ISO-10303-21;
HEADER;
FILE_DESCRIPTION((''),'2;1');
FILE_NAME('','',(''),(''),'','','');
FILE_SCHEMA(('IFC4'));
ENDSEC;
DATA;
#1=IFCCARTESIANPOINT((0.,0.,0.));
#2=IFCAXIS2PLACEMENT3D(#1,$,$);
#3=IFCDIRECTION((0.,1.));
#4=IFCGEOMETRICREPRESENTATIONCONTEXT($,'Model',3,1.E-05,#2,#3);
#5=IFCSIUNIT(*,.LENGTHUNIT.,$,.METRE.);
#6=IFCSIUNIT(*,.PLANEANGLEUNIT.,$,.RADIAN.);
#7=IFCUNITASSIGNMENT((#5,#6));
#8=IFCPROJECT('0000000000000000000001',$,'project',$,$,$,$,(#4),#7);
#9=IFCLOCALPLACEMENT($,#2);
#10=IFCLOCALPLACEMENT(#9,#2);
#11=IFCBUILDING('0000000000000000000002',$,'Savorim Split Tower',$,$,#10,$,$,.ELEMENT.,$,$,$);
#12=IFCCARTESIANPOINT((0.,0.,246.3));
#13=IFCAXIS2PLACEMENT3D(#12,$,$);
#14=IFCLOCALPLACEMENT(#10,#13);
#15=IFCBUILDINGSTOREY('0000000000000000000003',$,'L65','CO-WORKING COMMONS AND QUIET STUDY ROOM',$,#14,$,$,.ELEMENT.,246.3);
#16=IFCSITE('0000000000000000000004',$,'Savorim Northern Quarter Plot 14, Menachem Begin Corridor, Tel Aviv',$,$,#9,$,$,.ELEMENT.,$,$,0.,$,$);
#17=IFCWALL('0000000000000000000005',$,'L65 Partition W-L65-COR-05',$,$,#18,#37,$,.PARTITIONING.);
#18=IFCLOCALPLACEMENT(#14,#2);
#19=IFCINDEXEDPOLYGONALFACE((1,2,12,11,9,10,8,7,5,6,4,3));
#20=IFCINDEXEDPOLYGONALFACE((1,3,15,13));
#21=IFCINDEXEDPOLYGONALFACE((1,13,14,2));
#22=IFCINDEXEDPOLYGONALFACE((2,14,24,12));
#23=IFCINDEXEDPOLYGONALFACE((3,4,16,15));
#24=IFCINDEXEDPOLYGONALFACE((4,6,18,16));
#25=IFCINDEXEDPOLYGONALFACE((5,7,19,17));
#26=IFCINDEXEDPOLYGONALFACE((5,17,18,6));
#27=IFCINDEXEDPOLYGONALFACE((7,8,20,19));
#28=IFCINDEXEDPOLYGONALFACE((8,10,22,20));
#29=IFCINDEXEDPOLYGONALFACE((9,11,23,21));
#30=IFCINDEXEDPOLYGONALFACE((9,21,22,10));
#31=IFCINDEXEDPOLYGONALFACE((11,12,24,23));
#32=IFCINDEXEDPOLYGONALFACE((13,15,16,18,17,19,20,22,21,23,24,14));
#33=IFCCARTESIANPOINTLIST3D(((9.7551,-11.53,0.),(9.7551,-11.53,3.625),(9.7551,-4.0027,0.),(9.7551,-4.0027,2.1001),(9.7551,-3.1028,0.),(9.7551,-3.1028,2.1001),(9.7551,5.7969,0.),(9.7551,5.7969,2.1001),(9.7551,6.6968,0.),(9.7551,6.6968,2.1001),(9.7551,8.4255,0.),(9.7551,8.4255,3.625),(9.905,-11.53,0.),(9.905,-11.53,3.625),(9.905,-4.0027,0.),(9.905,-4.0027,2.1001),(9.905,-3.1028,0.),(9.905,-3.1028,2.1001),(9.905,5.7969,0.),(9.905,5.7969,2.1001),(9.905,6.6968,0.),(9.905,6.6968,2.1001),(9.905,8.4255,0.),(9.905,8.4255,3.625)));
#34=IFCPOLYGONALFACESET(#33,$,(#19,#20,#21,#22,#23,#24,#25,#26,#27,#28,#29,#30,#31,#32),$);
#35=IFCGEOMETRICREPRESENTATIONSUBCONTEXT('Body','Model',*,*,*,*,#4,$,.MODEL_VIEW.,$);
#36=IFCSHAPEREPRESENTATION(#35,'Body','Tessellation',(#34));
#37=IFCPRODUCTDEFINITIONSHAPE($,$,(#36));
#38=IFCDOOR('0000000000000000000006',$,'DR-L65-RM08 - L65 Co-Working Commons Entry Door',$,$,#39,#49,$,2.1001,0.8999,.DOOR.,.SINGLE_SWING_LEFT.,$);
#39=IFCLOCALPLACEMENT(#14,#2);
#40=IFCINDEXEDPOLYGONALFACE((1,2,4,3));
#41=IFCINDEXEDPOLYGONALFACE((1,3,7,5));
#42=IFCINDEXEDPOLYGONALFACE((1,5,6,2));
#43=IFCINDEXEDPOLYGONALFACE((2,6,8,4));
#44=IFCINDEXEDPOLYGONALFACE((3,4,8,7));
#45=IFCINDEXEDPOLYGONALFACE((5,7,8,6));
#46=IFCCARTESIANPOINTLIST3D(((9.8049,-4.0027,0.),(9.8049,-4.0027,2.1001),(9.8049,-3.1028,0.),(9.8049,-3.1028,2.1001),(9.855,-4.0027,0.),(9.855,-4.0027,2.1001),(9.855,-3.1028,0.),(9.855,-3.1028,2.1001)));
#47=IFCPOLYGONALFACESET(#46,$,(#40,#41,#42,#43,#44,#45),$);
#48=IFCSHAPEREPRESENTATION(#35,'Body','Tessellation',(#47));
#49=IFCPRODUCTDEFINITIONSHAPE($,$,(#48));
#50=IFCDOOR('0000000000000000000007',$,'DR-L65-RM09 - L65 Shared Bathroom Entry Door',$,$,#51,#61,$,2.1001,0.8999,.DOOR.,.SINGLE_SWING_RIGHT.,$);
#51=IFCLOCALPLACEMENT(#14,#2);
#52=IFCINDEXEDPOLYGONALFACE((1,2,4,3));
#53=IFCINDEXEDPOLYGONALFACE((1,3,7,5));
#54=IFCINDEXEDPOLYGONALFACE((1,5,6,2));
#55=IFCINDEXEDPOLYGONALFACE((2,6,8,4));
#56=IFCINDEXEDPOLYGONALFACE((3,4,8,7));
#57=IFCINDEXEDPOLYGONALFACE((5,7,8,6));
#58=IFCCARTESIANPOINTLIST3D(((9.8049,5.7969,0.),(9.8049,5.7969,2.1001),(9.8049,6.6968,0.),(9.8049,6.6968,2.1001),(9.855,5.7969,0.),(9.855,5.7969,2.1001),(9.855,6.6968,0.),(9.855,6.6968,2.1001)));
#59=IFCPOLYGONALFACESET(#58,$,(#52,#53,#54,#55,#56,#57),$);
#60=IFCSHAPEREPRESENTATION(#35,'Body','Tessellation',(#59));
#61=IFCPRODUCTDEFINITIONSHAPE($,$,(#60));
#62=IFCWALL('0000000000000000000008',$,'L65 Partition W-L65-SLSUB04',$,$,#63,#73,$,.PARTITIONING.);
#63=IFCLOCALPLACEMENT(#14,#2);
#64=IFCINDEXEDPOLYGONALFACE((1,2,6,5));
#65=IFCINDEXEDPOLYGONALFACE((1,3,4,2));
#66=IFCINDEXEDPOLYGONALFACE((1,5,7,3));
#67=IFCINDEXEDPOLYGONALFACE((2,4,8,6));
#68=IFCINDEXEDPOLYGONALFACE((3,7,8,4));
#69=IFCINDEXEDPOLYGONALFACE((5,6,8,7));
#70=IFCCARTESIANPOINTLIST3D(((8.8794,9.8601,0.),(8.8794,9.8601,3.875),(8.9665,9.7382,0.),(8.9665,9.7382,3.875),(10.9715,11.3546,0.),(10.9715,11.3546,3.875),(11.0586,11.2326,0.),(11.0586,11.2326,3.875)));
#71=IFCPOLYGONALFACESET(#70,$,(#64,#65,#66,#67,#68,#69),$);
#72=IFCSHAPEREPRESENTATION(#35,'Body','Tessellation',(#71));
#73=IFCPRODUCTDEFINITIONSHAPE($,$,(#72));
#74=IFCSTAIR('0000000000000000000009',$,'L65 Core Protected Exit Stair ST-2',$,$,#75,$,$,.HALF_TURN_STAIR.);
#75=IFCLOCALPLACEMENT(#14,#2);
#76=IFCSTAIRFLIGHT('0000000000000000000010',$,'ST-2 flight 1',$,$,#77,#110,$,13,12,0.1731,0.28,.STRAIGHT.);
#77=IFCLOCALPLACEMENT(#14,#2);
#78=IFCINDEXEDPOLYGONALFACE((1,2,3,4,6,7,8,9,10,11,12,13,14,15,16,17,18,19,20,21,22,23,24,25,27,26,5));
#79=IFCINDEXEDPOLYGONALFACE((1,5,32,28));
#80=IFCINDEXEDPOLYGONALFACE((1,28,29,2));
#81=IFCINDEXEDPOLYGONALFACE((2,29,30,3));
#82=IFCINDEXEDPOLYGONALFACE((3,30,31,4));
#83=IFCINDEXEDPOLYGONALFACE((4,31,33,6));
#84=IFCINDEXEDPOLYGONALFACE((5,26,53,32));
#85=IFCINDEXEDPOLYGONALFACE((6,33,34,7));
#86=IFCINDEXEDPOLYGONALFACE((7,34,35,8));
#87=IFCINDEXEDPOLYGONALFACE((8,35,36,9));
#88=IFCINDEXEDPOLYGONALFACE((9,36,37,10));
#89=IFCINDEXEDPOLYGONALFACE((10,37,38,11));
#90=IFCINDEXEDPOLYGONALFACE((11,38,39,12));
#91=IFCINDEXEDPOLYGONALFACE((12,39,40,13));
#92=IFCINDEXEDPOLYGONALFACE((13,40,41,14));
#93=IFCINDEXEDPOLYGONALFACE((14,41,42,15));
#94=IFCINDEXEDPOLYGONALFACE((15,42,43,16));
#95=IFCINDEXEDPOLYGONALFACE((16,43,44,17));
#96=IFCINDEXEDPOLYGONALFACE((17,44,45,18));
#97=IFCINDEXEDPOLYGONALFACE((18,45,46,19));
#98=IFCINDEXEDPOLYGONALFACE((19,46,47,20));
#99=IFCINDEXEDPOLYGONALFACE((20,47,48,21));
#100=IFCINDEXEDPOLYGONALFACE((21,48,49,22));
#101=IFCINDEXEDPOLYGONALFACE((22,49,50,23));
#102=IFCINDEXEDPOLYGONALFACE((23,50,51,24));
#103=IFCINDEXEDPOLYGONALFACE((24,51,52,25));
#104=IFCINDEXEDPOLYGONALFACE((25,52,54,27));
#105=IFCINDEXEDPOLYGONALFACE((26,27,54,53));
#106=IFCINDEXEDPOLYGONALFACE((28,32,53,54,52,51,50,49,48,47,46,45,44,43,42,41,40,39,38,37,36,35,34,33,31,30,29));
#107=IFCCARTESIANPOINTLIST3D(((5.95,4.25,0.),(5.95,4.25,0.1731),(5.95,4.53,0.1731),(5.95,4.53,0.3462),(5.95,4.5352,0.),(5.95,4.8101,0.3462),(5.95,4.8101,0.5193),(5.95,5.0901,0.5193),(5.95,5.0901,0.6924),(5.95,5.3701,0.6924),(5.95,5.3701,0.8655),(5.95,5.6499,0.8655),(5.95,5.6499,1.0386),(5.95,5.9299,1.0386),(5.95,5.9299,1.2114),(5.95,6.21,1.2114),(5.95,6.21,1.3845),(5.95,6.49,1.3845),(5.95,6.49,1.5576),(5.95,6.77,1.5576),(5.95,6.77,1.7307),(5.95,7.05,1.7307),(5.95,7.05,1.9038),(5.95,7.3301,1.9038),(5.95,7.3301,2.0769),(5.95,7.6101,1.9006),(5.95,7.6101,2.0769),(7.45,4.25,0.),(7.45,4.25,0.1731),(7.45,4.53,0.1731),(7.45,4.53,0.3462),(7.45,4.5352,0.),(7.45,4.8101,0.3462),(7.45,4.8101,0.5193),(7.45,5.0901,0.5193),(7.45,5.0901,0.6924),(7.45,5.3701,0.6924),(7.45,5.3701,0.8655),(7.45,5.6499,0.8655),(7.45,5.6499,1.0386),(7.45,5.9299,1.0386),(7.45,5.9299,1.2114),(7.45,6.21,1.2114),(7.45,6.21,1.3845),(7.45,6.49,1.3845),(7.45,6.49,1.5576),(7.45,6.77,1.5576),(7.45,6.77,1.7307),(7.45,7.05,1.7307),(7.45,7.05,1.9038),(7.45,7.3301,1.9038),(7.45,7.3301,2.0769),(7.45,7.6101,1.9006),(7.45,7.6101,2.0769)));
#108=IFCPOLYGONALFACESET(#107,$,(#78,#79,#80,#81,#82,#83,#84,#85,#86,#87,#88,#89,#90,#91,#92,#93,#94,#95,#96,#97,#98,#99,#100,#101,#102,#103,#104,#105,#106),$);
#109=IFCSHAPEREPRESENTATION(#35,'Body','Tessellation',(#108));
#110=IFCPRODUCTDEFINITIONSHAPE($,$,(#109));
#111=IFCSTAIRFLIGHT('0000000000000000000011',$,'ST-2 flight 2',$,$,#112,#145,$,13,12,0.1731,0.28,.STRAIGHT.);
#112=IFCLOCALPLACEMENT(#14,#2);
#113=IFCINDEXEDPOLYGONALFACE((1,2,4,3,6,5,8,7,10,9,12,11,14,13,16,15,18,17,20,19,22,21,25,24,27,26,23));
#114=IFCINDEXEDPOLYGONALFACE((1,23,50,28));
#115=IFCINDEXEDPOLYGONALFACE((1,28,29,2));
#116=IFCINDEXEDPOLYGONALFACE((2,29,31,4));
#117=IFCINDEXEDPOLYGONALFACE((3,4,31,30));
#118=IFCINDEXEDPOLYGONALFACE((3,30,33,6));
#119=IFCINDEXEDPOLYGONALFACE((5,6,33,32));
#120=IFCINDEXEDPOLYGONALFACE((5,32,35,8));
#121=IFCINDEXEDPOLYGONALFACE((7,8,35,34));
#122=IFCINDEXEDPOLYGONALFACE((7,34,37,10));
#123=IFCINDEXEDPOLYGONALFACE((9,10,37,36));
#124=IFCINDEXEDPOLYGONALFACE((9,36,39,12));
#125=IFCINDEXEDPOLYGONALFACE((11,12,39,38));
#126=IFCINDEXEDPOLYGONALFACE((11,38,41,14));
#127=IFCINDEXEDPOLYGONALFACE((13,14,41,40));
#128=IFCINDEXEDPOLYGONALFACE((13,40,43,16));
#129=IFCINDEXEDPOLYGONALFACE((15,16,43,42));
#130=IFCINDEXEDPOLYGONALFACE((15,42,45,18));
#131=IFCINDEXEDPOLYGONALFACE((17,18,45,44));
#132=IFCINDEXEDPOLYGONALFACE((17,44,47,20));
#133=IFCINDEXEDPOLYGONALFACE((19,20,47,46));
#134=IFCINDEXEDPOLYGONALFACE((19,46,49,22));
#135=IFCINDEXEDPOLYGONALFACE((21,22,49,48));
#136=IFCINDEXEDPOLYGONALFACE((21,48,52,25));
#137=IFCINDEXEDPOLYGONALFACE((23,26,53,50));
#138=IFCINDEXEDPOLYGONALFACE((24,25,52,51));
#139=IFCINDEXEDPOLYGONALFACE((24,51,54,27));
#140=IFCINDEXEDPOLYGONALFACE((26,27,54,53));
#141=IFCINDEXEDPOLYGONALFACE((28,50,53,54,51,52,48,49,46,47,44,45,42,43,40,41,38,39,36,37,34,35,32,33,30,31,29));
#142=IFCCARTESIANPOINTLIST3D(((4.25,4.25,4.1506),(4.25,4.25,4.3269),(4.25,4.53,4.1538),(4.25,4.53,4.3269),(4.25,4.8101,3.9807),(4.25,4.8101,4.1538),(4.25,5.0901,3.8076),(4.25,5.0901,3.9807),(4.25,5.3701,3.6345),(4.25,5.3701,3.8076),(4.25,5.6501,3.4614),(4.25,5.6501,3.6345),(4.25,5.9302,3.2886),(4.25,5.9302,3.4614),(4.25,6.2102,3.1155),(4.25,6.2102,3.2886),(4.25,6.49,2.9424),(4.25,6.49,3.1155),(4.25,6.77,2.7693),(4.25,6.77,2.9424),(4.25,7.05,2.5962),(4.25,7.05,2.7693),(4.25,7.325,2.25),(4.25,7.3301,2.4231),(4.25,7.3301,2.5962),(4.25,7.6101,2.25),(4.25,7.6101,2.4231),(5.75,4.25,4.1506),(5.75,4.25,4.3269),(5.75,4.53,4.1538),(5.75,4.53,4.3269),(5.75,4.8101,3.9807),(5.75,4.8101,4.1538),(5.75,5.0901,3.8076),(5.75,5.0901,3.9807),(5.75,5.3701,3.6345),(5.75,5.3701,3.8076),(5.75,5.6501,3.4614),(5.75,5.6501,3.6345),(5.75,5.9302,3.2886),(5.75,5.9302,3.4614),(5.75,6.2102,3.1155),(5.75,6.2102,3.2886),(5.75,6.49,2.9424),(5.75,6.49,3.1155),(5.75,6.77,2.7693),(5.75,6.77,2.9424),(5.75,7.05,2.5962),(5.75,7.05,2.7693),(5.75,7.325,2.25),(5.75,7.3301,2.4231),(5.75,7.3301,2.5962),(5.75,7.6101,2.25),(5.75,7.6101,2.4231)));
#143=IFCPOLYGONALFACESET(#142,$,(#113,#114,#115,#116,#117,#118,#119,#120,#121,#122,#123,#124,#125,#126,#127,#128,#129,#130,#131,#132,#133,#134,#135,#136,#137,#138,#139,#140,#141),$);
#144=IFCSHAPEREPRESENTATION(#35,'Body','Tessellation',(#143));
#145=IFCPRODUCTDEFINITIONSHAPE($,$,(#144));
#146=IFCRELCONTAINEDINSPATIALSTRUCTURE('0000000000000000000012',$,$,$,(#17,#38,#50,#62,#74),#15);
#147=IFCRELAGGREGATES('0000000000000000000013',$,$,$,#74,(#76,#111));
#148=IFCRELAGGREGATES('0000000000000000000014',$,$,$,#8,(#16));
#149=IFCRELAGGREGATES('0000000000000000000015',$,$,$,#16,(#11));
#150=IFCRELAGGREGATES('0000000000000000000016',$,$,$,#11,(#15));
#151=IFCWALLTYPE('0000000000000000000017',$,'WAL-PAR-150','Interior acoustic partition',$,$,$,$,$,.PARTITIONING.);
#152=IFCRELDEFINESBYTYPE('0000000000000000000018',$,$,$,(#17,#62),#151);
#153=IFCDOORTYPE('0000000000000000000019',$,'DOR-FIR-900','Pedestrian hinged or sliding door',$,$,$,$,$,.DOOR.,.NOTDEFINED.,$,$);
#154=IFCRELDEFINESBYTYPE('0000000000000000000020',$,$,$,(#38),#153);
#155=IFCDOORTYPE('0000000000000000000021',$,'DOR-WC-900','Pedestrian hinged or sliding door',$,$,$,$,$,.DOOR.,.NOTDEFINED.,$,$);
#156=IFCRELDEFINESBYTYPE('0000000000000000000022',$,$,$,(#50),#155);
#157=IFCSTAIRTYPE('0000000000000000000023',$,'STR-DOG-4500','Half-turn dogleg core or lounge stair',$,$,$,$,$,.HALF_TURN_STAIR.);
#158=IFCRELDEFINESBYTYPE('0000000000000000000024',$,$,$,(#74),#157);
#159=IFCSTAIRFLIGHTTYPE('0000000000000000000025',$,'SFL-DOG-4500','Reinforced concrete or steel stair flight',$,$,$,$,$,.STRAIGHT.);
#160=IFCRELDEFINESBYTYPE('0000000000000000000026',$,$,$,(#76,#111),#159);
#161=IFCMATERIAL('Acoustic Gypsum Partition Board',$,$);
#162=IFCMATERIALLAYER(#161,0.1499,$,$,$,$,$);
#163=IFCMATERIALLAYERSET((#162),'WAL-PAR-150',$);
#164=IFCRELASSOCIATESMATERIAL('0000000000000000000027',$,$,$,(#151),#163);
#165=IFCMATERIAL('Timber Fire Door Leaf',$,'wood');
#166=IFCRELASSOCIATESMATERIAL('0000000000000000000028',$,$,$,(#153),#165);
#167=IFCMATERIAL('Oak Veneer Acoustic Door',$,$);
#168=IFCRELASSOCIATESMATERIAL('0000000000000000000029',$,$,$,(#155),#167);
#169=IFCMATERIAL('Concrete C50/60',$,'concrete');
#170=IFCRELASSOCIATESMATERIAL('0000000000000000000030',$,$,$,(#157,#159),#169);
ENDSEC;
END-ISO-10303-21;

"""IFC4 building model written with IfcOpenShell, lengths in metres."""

from ifc_helpers import new_model, si_unit, direction, frame, frame_2d, origin, place, context, subcontext, project, spatial, polyline, rectangle, outline, extrude, material, layer, layer_set, type_object, element, fill, aggregate, save


model = new_model("IFC4")

# Units and contexts
model_context = context("Model", 3, precision=1e-05, world=origin(), true_north=direction((0.0, 1.0)))
body_context = subcontext(model_context, "Body", "Model", "MODEL_VIEW")
ifc_project = project(units=[si_unit("LENGTHUNIT", "METRE"), si_unit("PLANEANGLEUNIT", "RADIAN")], contexts=[model_context])

# Site, building, storey
site_placement = place(None, origin())
site = spatial("IfcSite", under=ifc_project, at=site_placement, Name="Savorim Northern Quarter Plot 14, Menachem Begin Corridor, Tel Aviv", CompositionType="ELEMENT", RefElevation=0.0)
building_placement = place(site_placement, origin())
building = spatial("IfcBuilding", under=site, at=building_placement, Name="Savorim Split Tower", CompositionType="ELEMENT")
storey_placement = place(building_placement, frame((0.0, 0.0, 246.3)))
storey = spatial("IfcBuildingStorey", under=building, at=storey_placement, Name="L65", Description="CO-WORKING COMMONS AND QUIET STUDY ROOM", CompositionType="ELEMENT", Elevation=246.3)

# Wall, openings, doors
ifc_material_1 = material(Name="Acoustic Gypsum Partition Board")
ifc_layer_1 = layer(ifc_material_1, 0.1499)
ifc_layer_set_1 = layer_set([ifc_layer_1], Name="WAL-PAR-150")
wall_type = type_object("IfcWallType", Name="WAL-PAR-150", Description="Interior acoustic partition", PredefinedType="PARTITIONING", material=ifc_layer_set_1)
wall_1_placement = place(storey_placement, frame((9.8301, 8.4255, 0.0), z_axis=(0.0, 0.0, 1.0), x_axis=(0.0, -1.0, 0.0)))
wall_1 = element("IfcWall", 1, at=wall_1_placement, inside=storey, type_object=wall_type, Name="L65 Partition W-L65-COR-05", PredefinedType="PARTITIONING", context=body_context, shape_type="SweptSolid", body=[
    extrude(rectangle(XDim=19.9556, YDim=0.1499, at=frame_2d((9.9778, 0.0))), origin(), (0.0, 0.0, 1.0), 3.625),
])
opening_1_placement = place(wall_1_placement, frame((11.5283, 0.0, 0.0)))
opening_1 = element("IfcOpeningElement", 2, at=opening_1_placement, cuts=wall_1, PredefinedType="OPENING", context=body_context, shape_type="SweptSolid", body=[
    extrude(rectangle(XDim=0.8999, YDim=2.1001, at=frame_2d((0.45, 1.05))), frame((0.0, 0.085, 0.0), z_axis=(0.0, -1.0, 0.0), x_axis=(1.0, 0.0, 0.0)), (0.0, 0.0, 1.0), 0.1699),
])
opening_2_placement = place(wall_1_placement, frame((1.7288, 0.0, 0.0)))
opening_2 = element("IfcOpeningElement", 3, at=opening_2_placement, cuts=wall_1, PredefinedType="OPENING", context=body_context, shape_type="SweptSolid", body=[
    extrude(rectangle(XDim=0.8999, YDim=2.1001, at=frame_2d((0.45, 1.05))), frame((0.0, 0.085, 0.0), z_axis=(0.0, -1.0, 0.0), x_axis=(1.0, 0.0, 0.0)), (0.0, 0.0, 1.0), 0.1699),
])
ifc_material_2 = material(Name="Timber Fire Door Leaf", Category="wood")
door_type_1 = type_object("IfcDoorType", Name="DOR-FIR-900", Description="Pedestrian hinged or sliding door", OperationType="NOTDEFINED", PredefinedType="DOOR", material=ifc_material_2)
door_1_placement = place(opening_1_placement, origin())
door_1 = element("IfcDoor", 4, at=door_1_placement, inside=storey, type_object=door_type_1, Name="DR-L65-RM08 - L65 Co-Working Commons Entry Door", OperationType="SINGLE_SWING_LEFT", OverallHeight=2.1001, OverallWidth=0.8999, PredefinedType="DOOR", context=body_context, shape_type="SweptSolid", body=[
    extrude(rectangle(XDim=0.8999, YDim=2.1001, at=frame_2d((0.45, 1.05))), frame((0.0, 0.0249, 0.0), z_axis=(0.0, -1.0, 0.0), x_axis=(1.0, 0.0, 0.0)), (0.0, 0.0, 1.0), 0.05),
])
fill(opening_1, door_1)
ifc_material_3 = material(Name="Oak Veneer Acoustic Door")
door_type_2 = type_object("IfcDoorType", Name="DOR-WC-900", Description="Pedestrian hinged or sliding door", OperationType="NOTDEFINED", PredefinedType="DOOR", material=ifc_material_3)
door_2_placement = place(opening_2_placement, origin())
door_2 = element("IfcDoor", 5, at=door_2_placement, inside=storey, type_object=door_type_2, Name="DR-L65-RM09 - L65 Shared Bathroom Entry Door", OperationType="SINGLE_SWING_RIGHT", OverallHeight=2.1001, OverallWidth=0.8999, PredefinedType="DOOR", context=body_context, shape_type="SweptSolid", body=[
    extrude(rectangle(XDim=0.8999, YDim=2.1001, at=frame_2d((0.45, 1.05))), frame((0.0, 0.0249, 0.0), z_axis=(0.0, -1.0, 0.0), x_axis=(1.0, 0.0, 0.0)), (0.0, 0.0, 1.0), 0.05),
])
fill(opening_2, door_2)

# Wall
wall_2_placement = place(storey_placement, frame((8.9229, 9.7991, 0.0), z_axis=(0.0, 0.0, 1.0), x_axis=(0.813721, 0.581256, 0.0)))
element("IfcWall", 6, at=wall_2_placement, inside=storey, type_object=wall_type, Name="L65 Partition W-L65-SLSUB04", PredefinedType="PARTITIONING", context=body_context, shape_type="SweptSolid", body=[
    extrude(rectangle(XDim=2.571, YDim=0.1499, at=frame_2d((1.2856, 0.0))), origin(), (0.0, 0.0, 1.0), 3.875),
])

# Stair, stair flights
ifc_material_4 = material(Name="Concrete C50/60", Category="concrete")
stair_type = type_object("IfcStairType", Name="STR-DOG-4500", Description="Half-turn dogleg core or lounge stair", PredefinedType="HALF_TURN_STAIR", material=ifc_material_4)
stair_placement = place(storey_placement, origin())
stair = element("IfcStair", 7, at=stair_placement, inside=storey, type_object=stair_type, Name="L65 Core Protected Exit Stair ST-2", PredefinedType="HALF_TURN_STAIR")
stair_flight_type = type_object("IfcStairFlightType", Name="SFL-DOG-4500", Description="Reinforced concrete or steel stair flight", PredefinedType="STRAIGHT", material=ifc_material_4)
stair_flight_1_placement = place(storey_placement, frame((6.7, 4.25, 0.0), z_axis=(0.0, 0.0, 1.0), x_axis=(0.0, 1.0, 0.0)))
stair_flight_1 = element("IfcStairFlight", 8, at=stair_flight_1_placement, type_object=stair_flight_type, Name="ST-2 flight 1", NumberOfRisers=13, NumberOfTreads=12, PredefinedType="STRAIGHT", RiserHeight=0.1731, TreadLength=0.28, context=body_context, shape_type="SweptSolid", body=[
    extrude(outline(polyline([(0.0, 0.0), (0.0, 0.1731), (0.28, 0.1731), (0.28, 0.3462), (0.5601, 0.3462), (0.5601, 0.5193), (0.8401, 0.5193), (0.8401, 0.6924), (1.1201, 0.6924), (1.1201, 0.8655), (1.3999, 0.8655), (1.3999, 1.0386), (1.6799, 1.0386), (1.6799, 1.2114), (1.96, 1.2114), (1.96, 1.3845), (2.24, 1.3845), (2.24, 1.5576), (2.52, 1.5576), (2.52, 1.7307), (2.8, 1.7307), (2.8, 1.9038), (3.0801, 1.9038), (3.0801, 2.0769), (3.3601, 2.0769), (3.3601, 2.25), (3.3601, 1.9006), (0.2852, 0.0), (0.0, 0.0)])), frame((0.0, 0.75, 0.0), z_axis=(0.0, -1.0, 0.0), x_axis=(1.0, 0.0, 0.0)), (0.0, 0.0, 1.0), 1.5),
])
stair_flight_2_placement = place(storey_placement, frame((5.0, 7.6101, 2.25), z_axis=(0.0, 0.0, 1.0), x_axis=(0.0, -1.0, 0.0)))
stair_flight_2 = element("IfcStairFlight", 9, at=stair_flight_2_placement, type_object=stair_flight_type, Name="ST-2 flight 2", NumberOfRisers=13, NumberOfTreads=12, PredefinedType="STRAIGHT", RiserHeight=0.1731, TreadLength=0.28, context=body_context, shape_type="SweptSolid", body=[
    extrude(outline(polyline([(0.0, 0.0), (0.0, 0.1731), (0.28, 0.1731), (0.28, 0.3462), (0.5601, 0.3462), (0.5601, 0.5193), (0.8401, 0.5193), (0.8401, 0.6924), (1.1201, 0.6924), (1.1201, 0.8655), (1.3999, 0.8655), (1.3999, 1.0386), (1.6799, 1.0386), (1.6799, 1.2114), (1.96, 1.2114), (1.96, 1.3845), (2.24, 1.3845), (2.24, 1.5576), (2.52, 1.5576), (2.52, 1.7307), (2.8, 1.7307), (2.8, 1.9038), (3.0801, 1.9038), (3.0801, 2.0769), (3.3601, 2.0769), (3.3601, 2.25), (3.3601, 1.9006), (0.2852, 0.0), (0.0, 0.0)])), frame((0.0, 0.75, 0.0), z_axis=(0.0, -1.0, 0.0), x_axis=(1.0, 0.0, 0.0)), (0.0, 0.0, 1.0), 1.5),
])
aggregate(stair, [stair_flight_1, stair_flight_2])

save(model, "model.ifc")
